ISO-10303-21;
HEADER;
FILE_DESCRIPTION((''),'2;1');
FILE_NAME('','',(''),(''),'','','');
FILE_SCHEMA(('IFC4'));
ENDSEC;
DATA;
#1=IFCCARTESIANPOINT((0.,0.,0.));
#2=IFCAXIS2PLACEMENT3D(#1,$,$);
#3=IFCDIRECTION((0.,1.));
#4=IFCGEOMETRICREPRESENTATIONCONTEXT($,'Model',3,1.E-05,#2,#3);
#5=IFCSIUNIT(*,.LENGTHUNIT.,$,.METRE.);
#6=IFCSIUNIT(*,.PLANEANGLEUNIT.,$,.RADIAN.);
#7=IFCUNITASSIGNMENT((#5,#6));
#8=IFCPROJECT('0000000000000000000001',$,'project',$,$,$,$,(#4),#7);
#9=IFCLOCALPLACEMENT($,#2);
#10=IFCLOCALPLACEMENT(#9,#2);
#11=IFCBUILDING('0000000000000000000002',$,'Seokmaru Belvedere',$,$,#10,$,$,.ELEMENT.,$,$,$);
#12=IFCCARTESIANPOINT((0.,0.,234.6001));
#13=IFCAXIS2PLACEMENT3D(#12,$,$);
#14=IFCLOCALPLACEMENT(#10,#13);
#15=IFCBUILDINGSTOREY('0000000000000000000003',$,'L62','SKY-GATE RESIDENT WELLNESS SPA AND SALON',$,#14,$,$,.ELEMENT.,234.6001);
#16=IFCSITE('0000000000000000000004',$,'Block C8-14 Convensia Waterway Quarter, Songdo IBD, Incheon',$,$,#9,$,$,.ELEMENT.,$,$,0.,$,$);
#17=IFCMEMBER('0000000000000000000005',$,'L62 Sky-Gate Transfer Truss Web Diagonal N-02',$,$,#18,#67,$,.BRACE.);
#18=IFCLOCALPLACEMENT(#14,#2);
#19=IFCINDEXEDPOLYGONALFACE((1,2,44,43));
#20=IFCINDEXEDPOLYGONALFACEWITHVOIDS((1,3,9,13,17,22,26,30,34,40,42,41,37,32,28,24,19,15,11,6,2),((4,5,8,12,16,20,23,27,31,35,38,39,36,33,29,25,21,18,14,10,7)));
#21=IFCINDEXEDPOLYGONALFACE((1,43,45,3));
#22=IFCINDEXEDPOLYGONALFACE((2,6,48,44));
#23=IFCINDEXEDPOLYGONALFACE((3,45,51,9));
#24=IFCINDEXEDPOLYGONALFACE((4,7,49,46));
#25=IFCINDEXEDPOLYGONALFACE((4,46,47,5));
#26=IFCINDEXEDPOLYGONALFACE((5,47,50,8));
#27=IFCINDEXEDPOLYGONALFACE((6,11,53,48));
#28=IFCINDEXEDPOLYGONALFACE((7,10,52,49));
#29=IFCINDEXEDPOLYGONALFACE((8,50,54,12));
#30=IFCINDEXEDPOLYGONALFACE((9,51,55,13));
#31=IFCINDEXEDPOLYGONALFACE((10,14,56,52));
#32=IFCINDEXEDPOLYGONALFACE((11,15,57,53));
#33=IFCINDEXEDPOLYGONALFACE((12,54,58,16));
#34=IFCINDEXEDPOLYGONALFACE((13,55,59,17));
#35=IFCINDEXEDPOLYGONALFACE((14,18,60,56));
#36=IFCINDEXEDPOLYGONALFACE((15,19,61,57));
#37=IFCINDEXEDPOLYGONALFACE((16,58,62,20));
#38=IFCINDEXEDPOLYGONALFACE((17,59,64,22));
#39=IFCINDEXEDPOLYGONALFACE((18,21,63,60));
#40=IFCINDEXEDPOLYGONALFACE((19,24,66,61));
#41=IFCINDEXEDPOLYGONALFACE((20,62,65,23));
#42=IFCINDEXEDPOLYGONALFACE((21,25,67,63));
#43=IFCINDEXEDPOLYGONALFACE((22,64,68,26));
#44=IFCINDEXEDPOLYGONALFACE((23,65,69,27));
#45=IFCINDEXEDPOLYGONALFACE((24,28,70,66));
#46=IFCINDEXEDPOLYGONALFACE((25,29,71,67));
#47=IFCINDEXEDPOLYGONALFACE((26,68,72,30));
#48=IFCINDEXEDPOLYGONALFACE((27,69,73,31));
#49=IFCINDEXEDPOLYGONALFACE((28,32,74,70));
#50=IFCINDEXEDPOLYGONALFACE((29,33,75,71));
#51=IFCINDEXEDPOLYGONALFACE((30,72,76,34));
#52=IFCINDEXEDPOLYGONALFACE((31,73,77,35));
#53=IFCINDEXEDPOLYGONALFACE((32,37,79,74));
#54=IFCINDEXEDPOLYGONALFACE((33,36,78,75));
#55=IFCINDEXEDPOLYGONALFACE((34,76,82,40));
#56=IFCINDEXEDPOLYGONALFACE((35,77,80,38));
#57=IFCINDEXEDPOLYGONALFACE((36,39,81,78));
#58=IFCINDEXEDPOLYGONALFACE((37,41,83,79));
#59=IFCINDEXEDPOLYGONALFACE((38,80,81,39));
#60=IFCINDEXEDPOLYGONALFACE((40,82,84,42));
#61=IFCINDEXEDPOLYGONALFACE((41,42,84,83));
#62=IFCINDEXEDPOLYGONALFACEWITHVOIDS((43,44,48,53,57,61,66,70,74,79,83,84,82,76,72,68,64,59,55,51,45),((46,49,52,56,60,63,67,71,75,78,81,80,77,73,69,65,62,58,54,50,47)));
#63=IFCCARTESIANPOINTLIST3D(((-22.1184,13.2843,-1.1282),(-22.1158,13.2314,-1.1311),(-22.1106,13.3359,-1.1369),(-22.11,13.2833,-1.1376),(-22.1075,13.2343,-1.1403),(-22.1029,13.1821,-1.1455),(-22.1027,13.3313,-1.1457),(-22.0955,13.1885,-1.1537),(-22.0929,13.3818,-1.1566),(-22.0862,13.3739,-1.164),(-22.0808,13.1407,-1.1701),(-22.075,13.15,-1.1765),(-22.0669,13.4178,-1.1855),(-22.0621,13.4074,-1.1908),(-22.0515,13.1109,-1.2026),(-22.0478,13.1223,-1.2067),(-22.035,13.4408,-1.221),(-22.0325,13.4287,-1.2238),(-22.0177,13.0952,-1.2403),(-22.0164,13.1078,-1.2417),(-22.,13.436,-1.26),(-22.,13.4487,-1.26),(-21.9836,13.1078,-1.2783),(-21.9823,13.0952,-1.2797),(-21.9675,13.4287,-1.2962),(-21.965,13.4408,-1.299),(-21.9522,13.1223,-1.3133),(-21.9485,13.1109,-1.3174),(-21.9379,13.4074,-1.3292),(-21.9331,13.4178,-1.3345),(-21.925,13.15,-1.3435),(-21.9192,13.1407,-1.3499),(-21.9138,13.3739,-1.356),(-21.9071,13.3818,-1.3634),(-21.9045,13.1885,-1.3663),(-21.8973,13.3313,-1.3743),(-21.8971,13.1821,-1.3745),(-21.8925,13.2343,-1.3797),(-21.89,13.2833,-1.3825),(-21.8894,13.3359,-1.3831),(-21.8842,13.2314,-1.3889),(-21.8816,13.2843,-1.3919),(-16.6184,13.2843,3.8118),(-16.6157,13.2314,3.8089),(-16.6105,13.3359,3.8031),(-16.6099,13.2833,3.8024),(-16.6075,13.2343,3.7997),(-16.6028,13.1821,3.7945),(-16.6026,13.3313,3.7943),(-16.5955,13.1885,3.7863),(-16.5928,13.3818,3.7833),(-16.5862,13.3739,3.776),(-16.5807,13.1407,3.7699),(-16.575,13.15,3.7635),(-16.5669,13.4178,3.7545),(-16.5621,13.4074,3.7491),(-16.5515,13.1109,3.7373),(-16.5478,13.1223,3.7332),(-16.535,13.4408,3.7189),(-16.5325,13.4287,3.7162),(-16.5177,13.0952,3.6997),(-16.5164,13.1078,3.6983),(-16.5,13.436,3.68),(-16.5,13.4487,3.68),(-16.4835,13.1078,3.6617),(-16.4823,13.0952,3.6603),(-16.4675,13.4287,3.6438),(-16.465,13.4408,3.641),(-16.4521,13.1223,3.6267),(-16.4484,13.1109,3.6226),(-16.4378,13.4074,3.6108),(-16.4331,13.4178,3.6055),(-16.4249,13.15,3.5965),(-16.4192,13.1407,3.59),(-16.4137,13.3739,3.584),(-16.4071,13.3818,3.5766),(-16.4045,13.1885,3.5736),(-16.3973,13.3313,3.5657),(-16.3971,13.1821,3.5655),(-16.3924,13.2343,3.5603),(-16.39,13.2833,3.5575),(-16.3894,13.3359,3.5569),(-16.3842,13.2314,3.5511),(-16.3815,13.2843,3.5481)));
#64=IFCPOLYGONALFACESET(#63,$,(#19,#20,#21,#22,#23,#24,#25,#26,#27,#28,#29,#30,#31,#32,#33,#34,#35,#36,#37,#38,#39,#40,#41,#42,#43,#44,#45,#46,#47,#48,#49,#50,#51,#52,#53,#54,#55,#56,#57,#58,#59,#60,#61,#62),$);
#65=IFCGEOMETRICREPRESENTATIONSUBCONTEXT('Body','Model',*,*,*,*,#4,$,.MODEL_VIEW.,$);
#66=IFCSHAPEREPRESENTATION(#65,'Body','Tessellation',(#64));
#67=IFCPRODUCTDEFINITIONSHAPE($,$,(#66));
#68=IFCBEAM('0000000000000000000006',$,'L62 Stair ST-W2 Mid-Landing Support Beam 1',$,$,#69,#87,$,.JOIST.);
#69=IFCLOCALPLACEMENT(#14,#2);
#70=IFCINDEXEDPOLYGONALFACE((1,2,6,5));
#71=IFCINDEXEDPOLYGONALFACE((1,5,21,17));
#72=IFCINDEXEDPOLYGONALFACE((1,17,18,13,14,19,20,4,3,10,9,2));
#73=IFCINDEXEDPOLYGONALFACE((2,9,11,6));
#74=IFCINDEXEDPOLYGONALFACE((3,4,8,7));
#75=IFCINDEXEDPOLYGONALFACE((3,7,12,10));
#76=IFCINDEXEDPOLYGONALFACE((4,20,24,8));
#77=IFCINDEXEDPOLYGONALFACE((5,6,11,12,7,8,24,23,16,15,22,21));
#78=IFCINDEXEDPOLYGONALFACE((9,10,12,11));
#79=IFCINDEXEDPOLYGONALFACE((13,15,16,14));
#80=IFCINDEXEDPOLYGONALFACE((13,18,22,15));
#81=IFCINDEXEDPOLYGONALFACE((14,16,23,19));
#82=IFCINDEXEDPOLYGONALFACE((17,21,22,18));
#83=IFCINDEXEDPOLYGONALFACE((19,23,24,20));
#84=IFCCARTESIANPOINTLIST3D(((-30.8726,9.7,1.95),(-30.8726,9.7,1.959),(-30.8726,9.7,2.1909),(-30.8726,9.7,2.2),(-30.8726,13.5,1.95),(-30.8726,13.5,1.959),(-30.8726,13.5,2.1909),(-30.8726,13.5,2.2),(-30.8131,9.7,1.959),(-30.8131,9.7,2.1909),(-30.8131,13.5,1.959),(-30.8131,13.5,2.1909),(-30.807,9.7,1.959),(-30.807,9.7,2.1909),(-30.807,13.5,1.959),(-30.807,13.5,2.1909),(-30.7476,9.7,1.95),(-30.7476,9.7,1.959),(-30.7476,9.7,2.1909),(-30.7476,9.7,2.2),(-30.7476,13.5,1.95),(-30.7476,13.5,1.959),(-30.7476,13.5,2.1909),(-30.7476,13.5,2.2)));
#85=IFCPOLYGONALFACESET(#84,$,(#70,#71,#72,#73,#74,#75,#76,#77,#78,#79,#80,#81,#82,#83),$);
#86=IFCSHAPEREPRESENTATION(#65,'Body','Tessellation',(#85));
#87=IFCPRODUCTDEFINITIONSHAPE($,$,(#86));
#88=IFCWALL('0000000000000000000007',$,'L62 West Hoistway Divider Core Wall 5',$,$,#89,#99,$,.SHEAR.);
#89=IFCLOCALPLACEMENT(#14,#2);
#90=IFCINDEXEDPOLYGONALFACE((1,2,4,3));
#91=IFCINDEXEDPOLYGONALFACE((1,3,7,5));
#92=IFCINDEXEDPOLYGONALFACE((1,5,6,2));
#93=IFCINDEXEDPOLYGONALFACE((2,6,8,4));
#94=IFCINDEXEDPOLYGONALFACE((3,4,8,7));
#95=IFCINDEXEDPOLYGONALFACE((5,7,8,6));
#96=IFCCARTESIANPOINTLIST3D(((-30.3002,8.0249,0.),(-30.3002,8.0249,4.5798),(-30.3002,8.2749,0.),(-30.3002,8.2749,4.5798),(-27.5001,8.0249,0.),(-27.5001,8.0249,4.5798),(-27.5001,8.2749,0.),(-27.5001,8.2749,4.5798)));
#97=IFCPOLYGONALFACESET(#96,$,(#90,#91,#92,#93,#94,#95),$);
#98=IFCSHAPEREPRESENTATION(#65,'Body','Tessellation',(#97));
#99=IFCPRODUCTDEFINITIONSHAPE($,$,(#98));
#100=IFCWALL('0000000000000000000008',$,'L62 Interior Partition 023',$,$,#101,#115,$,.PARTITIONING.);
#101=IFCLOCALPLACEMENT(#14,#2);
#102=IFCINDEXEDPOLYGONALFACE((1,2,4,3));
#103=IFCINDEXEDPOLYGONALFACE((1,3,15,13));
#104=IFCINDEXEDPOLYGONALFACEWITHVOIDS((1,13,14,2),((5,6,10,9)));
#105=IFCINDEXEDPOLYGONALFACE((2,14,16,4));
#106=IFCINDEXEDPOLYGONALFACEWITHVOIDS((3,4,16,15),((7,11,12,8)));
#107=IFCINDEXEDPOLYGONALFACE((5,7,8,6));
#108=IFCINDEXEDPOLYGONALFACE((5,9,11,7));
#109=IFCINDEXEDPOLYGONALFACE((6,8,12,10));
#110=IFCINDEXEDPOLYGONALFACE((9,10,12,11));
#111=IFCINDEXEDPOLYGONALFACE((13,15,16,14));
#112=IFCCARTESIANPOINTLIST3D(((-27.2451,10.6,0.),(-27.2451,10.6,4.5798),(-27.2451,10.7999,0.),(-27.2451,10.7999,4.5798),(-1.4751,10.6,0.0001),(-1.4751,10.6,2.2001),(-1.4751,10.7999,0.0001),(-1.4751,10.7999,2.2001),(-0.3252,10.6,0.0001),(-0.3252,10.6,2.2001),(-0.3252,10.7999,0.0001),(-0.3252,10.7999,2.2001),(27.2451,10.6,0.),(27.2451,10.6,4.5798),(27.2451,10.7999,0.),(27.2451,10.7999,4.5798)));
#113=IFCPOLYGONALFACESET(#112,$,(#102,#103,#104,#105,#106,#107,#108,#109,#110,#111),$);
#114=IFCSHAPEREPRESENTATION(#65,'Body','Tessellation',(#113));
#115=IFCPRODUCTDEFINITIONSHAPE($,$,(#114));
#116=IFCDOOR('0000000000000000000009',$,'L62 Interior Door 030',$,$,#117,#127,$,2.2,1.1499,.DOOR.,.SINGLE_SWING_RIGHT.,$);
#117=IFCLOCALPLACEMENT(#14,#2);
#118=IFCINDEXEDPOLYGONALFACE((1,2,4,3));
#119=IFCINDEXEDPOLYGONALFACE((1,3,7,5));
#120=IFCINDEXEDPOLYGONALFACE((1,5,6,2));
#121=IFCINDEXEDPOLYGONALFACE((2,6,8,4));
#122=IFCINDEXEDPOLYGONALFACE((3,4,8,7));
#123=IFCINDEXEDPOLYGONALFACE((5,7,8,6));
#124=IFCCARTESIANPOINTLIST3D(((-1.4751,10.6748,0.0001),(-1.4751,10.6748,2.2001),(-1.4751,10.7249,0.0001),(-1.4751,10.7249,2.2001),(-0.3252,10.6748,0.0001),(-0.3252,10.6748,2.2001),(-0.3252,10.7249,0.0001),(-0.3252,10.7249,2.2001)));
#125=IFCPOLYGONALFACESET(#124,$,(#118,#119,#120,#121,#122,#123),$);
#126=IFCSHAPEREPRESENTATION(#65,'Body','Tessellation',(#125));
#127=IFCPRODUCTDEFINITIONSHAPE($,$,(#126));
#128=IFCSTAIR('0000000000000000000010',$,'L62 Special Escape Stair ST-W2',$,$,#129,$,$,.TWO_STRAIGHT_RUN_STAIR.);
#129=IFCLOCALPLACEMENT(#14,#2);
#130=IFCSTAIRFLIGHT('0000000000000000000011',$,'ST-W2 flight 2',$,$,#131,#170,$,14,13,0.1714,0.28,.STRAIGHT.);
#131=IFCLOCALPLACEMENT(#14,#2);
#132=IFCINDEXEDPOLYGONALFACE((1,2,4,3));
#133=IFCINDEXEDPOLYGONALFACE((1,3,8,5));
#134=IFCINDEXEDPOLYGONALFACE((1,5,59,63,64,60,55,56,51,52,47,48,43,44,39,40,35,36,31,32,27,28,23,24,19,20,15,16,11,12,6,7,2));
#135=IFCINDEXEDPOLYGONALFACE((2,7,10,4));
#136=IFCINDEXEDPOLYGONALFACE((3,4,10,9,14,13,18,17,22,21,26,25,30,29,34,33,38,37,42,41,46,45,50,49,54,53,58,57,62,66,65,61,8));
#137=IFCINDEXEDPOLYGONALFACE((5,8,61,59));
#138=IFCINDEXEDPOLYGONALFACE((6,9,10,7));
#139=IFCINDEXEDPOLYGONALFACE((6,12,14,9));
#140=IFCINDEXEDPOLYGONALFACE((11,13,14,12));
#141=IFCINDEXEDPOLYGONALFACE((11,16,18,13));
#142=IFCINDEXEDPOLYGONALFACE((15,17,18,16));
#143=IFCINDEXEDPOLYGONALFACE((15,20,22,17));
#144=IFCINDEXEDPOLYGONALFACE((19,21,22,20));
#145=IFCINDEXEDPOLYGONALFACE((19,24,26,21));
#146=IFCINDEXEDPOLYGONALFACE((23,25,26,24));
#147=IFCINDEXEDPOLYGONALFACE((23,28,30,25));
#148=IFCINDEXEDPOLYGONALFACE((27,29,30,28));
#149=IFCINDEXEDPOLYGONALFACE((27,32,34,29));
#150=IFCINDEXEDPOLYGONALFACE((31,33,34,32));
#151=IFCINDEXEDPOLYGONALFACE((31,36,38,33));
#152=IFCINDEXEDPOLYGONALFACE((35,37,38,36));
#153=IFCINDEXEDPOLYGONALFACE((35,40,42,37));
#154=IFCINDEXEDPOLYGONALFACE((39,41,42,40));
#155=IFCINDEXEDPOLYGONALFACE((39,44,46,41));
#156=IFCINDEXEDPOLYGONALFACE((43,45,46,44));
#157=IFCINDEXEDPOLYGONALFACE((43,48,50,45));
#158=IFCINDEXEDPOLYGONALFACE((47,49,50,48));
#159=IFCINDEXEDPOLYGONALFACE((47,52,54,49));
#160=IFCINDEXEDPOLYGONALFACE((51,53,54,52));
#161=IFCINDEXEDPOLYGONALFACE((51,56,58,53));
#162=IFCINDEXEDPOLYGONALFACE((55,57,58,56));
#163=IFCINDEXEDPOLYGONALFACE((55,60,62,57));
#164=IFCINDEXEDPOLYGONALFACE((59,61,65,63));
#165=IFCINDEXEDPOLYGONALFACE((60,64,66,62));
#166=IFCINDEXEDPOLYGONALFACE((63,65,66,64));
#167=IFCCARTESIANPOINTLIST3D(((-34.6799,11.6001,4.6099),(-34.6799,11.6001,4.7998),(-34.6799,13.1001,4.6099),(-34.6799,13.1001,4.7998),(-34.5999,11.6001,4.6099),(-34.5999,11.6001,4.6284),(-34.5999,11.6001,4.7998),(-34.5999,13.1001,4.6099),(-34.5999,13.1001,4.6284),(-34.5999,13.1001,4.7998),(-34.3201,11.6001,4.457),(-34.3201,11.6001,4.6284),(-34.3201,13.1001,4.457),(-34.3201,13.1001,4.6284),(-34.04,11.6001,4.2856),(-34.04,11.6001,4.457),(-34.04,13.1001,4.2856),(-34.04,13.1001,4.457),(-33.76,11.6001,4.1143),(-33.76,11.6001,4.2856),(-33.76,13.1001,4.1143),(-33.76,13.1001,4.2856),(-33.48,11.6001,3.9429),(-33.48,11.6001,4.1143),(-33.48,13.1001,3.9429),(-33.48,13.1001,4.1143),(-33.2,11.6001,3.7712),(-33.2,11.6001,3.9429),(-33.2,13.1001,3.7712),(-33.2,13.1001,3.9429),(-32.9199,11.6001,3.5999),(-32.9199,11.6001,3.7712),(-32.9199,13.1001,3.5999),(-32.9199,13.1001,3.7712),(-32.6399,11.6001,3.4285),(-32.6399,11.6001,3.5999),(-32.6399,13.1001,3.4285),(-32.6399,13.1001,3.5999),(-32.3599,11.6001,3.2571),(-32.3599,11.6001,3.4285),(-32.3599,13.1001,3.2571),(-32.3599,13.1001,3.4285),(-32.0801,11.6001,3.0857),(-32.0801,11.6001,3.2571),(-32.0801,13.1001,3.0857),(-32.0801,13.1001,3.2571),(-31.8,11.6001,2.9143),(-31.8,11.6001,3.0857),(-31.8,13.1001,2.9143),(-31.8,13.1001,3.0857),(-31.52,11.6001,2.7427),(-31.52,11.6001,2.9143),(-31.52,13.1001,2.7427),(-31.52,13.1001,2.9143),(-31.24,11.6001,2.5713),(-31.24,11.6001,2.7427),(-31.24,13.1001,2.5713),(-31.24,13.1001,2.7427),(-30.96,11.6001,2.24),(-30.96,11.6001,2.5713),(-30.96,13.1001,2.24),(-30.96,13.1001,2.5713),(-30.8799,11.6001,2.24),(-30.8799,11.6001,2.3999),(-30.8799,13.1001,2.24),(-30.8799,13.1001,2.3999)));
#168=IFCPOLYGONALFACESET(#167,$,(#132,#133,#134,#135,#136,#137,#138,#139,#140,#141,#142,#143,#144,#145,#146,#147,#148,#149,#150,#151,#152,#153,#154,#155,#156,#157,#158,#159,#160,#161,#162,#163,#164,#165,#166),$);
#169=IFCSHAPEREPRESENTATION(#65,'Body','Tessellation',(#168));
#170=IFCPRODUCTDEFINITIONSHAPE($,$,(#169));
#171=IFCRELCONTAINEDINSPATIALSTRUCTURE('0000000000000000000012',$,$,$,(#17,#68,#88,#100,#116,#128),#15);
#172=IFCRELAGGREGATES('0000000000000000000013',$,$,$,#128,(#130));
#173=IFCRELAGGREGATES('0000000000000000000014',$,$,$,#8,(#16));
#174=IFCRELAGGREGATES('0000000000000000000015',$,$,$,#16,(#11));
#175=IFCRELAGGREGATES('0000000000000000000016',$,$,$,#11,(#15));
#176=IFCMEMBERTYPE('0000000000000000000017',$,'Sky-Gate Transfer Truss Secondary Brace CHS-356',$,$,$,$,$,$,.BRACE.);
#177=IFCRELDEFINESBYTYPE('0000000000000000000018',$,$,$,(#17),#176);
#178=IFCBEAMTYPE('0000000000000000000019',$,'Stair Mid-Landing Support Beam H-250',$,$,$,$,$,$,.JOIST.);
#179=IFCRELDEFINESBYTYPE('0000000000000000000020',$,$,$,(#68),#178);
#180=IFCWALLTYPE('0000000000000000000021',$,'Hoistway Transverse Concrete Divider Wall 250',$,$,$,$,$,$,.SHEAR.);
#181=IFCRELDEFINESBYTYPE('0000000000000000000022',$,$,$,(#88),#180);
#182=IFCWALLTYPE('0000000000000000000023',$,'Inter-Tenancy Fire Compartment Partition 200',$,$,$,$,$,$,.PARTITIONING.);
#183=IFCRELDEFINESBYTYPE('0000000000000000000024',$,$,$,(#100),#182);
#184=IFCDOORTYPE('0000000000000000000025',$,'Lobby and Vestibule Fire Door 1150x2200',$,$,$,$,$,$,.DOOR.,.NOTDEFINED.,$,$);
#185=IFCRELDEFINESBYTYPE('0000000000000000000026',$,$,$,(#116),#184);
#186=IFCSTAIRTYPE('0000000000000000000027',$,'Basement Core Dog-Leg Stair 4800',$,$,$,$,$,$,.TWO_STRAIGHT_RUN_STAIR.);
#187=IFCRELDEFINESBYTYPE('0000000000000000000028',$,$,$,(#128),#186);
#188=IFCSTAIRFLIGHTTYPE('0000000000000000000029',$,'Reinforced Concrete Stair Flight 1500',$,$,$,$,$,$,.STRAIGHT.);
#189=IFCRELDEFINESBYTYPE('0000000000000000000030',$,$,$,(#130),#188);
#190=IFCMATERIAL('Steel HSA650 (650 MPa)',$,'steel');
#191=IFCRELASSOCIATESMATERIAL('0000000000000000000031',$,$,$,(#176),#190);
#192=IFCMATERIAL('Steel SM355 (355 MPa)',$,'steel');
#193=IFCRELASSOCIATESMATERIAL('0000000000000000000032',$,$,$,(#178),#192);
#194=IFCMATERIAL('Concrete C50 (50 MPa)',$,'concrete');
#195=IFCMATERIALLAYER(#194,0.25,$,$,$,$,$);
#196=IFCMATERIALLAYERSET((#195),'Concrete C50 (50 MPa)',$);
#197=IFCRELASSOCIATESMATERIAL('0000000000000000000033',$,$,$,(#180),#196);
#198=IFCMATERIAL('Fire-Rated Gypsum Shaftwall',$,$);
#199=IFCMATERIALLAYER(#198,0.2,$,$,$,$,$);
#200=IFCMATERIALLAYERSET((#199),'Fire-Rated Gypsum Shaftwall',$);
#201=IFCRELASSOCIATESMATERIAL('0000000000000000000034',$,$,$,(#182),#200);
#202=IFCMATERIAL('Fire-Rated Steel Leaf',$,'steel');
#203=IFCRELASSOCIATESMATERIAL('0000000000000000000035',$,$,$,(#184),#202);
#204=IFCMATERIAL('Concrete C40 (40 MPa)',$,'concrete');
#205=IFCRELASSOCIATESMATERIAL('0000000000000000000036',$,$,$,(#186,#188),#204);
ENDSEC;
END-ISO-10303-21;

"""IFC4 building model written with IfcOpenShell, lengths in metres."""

from ifc_helpers import new_model, si_unit, direction, frame, frame_2d, origin, origin_2d, place, context, subcontext, project, spatial, polyline, rectangle, hollow_circle, i_section, outline, extrude, source, transform, mapped, material, layer, layer_set, material_profile, profile_set, type_object, type_shapes, element, fill, aggregate, save


model = new_model("IFC4")

# Units and contexts
model_context = context("Model", 3, precision=1e-05, world=origin(), true_north=direction((0.0, 1.0)))
body_context = subcontext(model_context, "Body", "Model", "MODEL_VIEW")
ifc_project = project(units=[si_unit("LENGTHUNIT", "METRE"), si_unit("PLANEANGLEUNIT", "RADIAN")], contexts=[model_context])

# Site, building, storey
site_placement = place(None, origin())
site = spatial("IfcSite", under=ifc_project, at=site_placement, Name="Block C8-14 Convensia Waterway Quarter, Songdo IBD, Incheon", CompositionType="ELEMENT", RefElevation=0.0)
building_placement = place(site_placement, origin())
building = spatial("IfcBuilding", under=site, at=building_placement, Name="Seokmaru Belvedere", CompositionType="ELEMENT")
storey_placement = place(building_placement, frame((0.0, 0.0, 234.6001)))
storey = spatial("IfcBuildingStorey", under=building, at=storey_placement, Name="L62", Description="SKY-GATE RESIDENT WELLNESS SPA AND SALON", CompositionType="ELEMENT", Elevation=234.6001)

# Shared definitions
ifc_material_1 = material(Name="Steel SM355 (355 MPa)", Category="steel")

# Shared definitions
ifc_material_2 = material(Name="Steel HSA650 (650 MPa)", Category="steel")

# Member
ifc_material_profile_1 = material_profile(ifc_material_2, hollow_circle(Radius=0.1777, WallThickness=0.0127, at=origin_2d()), Name="CHS-355.6x12.7")
ifc_profile_set_1 = profile_set([ifc_material_profile_1], Name="Steel HSA650 (650 MPa)")
member_type = type_object("IfcMemberType", Name="Sky-Gate Transfer Truss Secondary Brace CHS-356", PredefinedType="BRACE", material=ifc_profile_set_1)
shared_shape_1 = source(origin(), body_context, "Body", "SweptSolid", [
    extrude(hollow_circle(Radius=0.1777, WallThickness=0.0127, at=origin_2d()), origin(), (0.0, 0.0, 1.0), 7.3928),
])
type_shapes(member_type, [shared_shape_1])
for number, where, z_axis, x_axis, name in (
    (1, (-22.0, 13.271, -1.26), (0.74397, 0.0, 0.668213), (0.0, 1.0, 0.0), "L62 Sky-Gate Transfer Truss Web Diagonal N-02"),
):
    element("IfcMember", number, at=place(storey_placement, frame(where, z_axis=z_axis, x_axis=x_axis)), inside=storey, type_object=member_type, Name=name, PredefinedType="BRACE", context=body_context, shape_type="MappedRepresentation", body=[
        mapped(shared_shape_1, transform((0.0, 0.0, 0.0), scale=1.0)),
    ])

# Beam
ifc_material_profile_2 = material_profile(ifc_material_1, i_section(OverallWidth=0.125, OverallDepth=0.25, WebThickness=0.0061, FlangeThickness=0.009, at=origin_2d()), Name="H-250x125x6x9")
ifc_profile_set_2 = profile_set([ifc_material_profile_2], Name="Steel SM355 (355 MPa)")
beam_type_1 = type_object("IfcBeamType", Name="Stair Mid-Landing Support Beam H-250", PredefinedType="JOIST", material=ifc_profile_set_2)
shared_shape_2 = source(origin(), body_context, "Body", "SweptSolid", [
    extrude(i_section(OverallWidth=0.125, OverallDepth=0.25, WebThickness=0.0061, FlangeThickness=0.009, at=origin_2d()), origin(), (0.0, 0.0, 1.0), 3.8),
])
type_shapes(beam_type_1, [shared_shape_2])
beam_1_placement = place(storey_placement, frame((-30.8101, 9.7, 2.075), z_axis=(0.0, 1.0, 0.0), x_axis=(-1.0, 0.0, 0.0)))
element("IfcBeam", 2, at=beam_1_placement, inside=storey, type_object=beam_type_1, Name="L62 Stair ST-W2 Mid-Landing Support Beam 1", PredefinedType="JOIST", context=body_context, shape_type="MappedRepresentation", body=[
    mapped(shared_shape_2, transform((0.0, 0.0, 0.0), scale=1.0)),
])

# Wall
ifc_material_3 = material(Name="Concrete C50 (50 MPa)", Category="concrete")
ifc_layer_1 = layer(ifc_material_3, 0.25)
ifc_layer_set_1 = layer_set([ifc_layer_1], Name="Concrete C50 (50 MPa)")
wall_type_1 = type_object("IfcWallType", Name="Hoistway Transverse Concrete Divider Wall 250", PredefinedType="SHEAR", material=ifc_layer_set_1)
wall_1_placement = place(storey_placement, frame((-30.3, 8.1499, 0.0), z_axis=(0.0, 0.0, 1.0), x_axis=(1.0, 0.0, 0.0)))
element("IfcWall", 3, at=wall_1_placement, inside=storey, type_object=wall_type_1, Name="L62 West Hoistway Divider Core Wall 5", PredefinedType="SHEAR", context=body_context, shape_type="SweptSolid", body=[
    extrude(rectangle(XDim=2.8, YDim=0.25, at=frame_2d((1.3999, 0.0))), origin(), (0.0, 0.0, 1.0), 4.5798),
])

# Wall, opening, door
ifc_material_4 = material(Name="Fire-Rated Gypsum Shaftwall")
ifc_layer_2 = layer(ifc_material_4, 0.2)
ifc_layer_set_2 = layer_set([ifc_layer_2], Name="Fire-Rated Gypsum Shaftwall")
wall_type_2 = type_object("IfcWallType", Name="Inter-Tenancy Fire Compartment Partition 200", PredefinedType="PARTITIONING", material=ifc_layer_set_2)
wall_2_placement = place(storey_placement, frame((-27.2451, 10.7, 0.0), z_axis=(0.0, 0.0, 1.0), x_axis=(1.0, 0.0, 0.0)))
wall_2 = element("IfcWall", 4, at=wall_2_placement, inside=storey, type_object=wall_type_2, Name="L62 Interior Partition 023", PredefinedType="PARTITIONING", context=body_context, shape_type="SweptSolid", body=[
    extrude(rectangle(XDim=54.4902, YDim=0.2, at=frame_2d((27.2451, 0.0))), origin(), (0.0, 0.0, 1.0), 4.5798),
])
opening_1_placement = place(wall_2_placement, frame((25.77, 0.0, 0.0)))
opening_1 = element("IfcOpeningElement", 5, at=opening_1_placement, cuts=wall_2, PredefinedType="OPENING", context=body_context, shape_type="SweptSolid", body=[
    extrude(rectangle(XDim=1.1499, YDim=2.2, at=frame_2d((0.575, 1.1001))), frame((0.0, 0.1099, 0.0), z_axis=(0.0, -1.0, 0.0), x_axis=(1.0, 0.0, 0.0)), (0.0, 0.0, 1.0), 0.22),
])
ifc_material_5 = material(Name="Fire-Rated Steel Leaf", Category="steel")
door_type_1 = type_object("IfcDoorType", Name="Lobby and Vestibule Fire Door 1150x2200", OperationType="NOTDEFINED", PredefinedType="DOOR", material=ifc_material_5)
shared_shape_3 = source(origin(), body_context, "Body", "SweptSolid", [
    extrude(rectangle(XDim=1.1499, YDim=2.2, at=frame_2d((0.575, 1.1001))), frame((0.0, 0.0249, 0.0), z_axis=(0.0, -1.0, 0.0), x_axis=(1.0, 0.0, 0.0)), (0.0, 0.0, 1.0), 0.05),
])
type_shapes(door_type_1, [shared_shape_3])
door_1_placement = place(opening_1_placement, origin())
door_1 = element("IfcDoor", 6, at=door_1_placement, inside=storey, type_object=door_type_1, Name="L62 Interior Door 030", OperationType="SINGLE_SWING_RIGHT", OverallHeight=2.2, OverallWidth=1.1499, PredefinedType="DOOR", context=body_context, shape_type="MappedRepresentation", body=[
    mapped(shared_shape_3, transform((0.0, 0.0, 0.0), scale=1.0)),
])
fill(opening_1, door_1)

# Stair, stair flight
ifc_material_6 = material(Name="Concrete C40 (40 MPa)", Category="concrete")
stair_type = type_object("IfcStairType", Name="Basement Core Dog-Leg Stair 4800", PredefinedType="TWO_STRAIGHT_RUN_STAIR", material=ifc_material_6)
stair_placement = place(storey_placement, origin())
stair = element("IfcStair", 7, at=stair_placement, inside=storey, type_object=stair_type, Name="L62 Special Escape Stair ST-W2", PredefinedType="TWO_STRAIGHT_RUN_STAIR")
stair_flight_type = type_object("IfcStairFlightType", Name="Reinforced Concrete Stair Flight 1500", PredefinedType="STRAIGHT", material=ifc_material_6)
stair_flight_placement = place(storey_placement, frame((-30.96, 12.3501, 2.3999), z_axis=(0.0, 0.0, 1.0), x_axis=(-1.0, 0.0, 0.0)))
stair_flight = element("IfcStairFlight", 8, at=stair_flight_placement, type_object=stair_flight_type, Name="ST-W2 flight 2", NumberOfRisers=14, NumberOfTreads=13, PredefinedType="STRAIGHT", RiserHeight=0.1714, TreadLength=0.28, context=body_context, shape_type="SweptSolid", body=[
    extrude(outline(polyline([(-0.0801, 0.0), (0.0, 0.1714), (0.28, 0.1714), (0.28, 0.3428), (0.5601, 0.3428), (0.5601, 0.5144), (0.8401, 0.5144), (0.8401, 0.6858), (1.1201, 0.6858), (1.1201, 0.8572), (1.3999, 0.8572), (1.3999, 1.0286), (1.6799, 1.0286), (1.6799, 1.2), (1.96, 1.2), (1.96, 1.3713), (2.24, 1.3713), (2.24, 1.543), (2.52, 1.543), (2.52, 1.7144), (2.8, 1.7144), (2.8, 1.8857), (3.0801, 1.8857), (3.0801, 2.0571), (3.3601, 2.0571), (3.3601, 2.2285), (3.6399, 2.2285), (3.6399, 2.3999), (3.72, 2.3999), (3.72, 2.21), (3.6399, 2.21), (0.0, -0.1599), (-0.0801, -0.1599), (-0.0801, 0.0)])), frame((0.0, 0.75, 0.0), z_axis=(0.0, -1.0, 0.0), x_axis=(1.0, 0.0, 0.0)), (0.0, 0.0, 1.0), 1.5),
])
aggregate(stair, [stair_flight])

save(model, "model.ifc")
